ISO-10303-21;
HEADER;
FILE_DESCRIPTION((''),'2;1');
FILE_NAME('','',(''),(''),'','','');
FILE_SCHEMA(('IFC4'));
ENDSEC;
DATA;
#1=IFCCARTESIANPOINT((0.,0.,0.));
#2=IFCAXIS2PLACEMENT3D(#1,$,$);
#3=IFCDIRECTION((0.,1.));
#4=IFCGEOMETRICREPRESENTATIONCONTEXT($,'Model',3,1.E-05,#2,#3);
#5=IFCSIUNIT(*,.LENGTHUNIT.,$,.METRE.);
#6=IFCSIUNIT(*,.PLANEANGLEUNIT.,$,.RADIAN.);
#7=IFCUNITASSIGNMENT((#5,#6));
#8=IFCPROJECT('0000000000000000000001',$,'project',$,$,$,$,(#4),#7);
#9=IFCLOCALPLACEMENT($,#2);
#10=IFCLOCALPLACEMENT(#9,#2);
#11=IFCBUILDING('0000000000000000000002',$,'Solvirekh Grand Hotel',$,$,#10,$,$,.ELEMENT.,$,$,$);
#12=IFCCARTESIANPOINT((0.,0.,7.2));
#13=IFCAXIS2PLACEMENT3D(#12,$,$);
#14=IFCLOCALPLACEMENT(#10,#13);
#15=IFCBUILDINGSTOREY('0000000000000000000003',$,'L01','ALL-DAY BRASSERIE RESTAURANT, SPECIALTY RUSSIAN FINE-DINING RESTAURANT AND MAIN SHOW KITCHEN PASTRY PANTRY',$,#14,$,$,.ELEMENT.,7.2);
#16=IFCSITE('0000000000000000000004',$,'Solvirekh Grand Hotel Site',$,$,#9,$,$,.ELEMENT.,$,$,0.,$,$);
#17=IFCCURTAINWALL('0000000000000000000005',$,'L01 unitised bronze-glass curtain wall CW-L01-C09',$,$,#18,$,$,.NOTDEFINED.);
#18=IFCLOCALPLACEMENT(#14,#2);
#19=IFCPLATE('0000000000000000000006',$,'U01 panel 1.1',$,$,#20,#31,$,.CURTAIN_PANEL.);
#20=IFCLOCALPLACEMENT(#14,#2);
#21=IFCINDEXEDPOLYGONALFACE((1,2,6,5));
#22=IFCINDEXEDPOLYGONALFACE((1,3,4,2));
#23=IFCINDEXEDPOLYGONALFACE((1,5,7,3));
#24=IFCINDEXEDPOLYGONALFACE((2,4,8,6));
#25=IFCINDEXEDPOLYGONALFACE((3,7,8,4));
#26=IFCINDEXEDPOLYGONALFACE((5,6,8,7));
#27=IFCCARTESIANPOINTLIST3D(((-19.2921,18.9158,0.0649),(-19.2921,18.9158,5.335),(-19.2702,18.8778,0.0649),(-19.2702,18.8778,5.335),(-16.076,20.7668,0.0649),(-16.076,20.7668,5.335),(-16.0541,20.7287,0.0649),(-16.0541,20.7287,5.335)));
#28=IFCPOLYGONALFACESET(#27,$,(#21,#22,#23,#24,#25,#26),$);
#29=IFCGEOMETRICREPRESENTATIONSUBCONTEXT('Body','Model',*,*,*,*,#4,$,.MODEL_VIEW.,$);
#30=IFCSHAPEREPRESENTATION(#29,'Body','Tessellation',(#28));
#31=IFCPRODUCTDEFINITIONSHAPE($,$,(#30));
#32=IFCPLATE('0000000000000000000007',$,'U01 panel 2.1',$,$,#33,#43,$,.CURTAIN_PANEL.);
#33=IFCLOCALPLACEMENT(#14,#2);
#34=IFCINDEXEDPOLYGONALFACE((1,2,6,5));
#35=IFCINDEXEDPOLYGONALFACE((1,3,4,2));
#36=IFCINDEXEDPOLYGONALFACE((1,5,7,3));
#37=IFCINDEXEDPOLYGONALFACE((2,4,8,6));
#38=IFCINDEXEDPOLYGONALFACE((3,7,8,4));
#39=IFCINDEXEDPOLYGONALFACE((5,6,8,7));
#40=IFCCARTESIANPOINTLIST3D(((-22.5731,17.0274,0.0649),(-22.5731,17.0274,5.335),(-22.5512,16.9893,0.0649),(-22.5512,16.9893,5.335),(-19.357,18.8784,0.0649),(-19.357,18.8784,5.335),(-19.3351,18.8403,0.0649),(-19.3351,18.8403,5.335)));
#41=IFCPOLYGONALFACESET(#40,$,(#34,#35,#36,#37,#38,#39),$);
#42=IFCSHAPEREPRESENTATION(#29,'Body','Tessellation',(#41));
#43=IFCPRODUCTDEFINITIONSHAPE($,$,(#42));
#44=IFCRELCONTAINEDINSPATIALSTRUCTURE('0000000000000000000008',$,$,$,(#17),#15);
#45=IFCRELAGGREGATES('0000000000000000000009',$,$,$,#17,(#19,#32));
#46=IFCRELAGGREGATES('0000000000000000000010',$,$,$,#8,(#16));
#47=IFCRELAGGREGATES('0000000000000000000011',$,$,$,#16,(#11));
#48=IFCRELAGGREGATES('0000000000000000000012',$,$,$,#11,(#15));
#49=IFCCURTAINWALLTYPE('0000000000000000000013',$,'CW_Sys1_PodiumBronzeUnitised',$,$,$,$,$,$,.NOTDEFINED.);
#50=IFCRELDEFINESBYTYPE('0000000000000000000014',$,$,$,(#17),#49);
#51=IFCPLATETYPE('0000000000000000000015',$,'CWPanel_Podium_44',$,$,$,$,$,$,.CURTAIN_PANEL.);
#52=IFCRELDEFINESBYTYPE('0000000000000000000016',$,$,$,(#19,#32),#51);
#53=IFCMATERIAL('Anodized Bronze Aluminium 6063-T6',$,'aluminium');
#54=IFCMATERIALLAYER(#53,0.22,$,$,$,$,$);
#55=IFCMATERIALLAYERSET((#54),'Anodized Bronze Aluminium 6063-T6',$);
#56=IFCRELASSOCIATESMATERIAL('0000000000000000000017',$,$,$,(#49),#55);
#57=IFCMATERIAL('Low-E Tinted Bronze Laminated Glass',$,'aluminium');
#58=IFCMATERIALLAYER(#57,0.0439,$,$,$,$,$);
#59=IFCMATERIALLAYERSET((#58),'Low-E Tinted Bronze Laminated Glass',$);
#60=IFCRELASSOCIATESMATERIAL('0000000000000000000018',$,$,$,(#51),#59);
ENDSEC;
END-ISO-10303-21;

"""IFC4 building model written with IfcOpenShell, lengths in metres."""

from ifc_helpers import new_model, si_unit, direction, frame, origin, origin_2d, place, context, subcontext, project, spatial, rectangle, extrude, source, transform, mapped, material, layer, layer_set, type_object, element, aggregate, save


model = new_model("IFC4")

# Units and contexts
model_context = context("Model", 3, precision=1e-05, world=origin(), true_north=direction((0.0, 1.0)))
body_context = subcontext(model_context, "Body", "Model", "MODEL_VIEW")
ifc_project = project(units=[si_unit("LENGTHUNIT", "METRE"), si_unit("PLANEANGLEUNIT", "RADIAN")], contexts=[model_context])

# Site, building, storey
site_placement = place(None, origin())
site = spatial("IfcSite", under=ifc_project, at=site_placement, Name="Solvirekh Grand Hotel Site", CompositionType="ELEMENT", RefElevation=0.0)
building_placement = place(site_placement, origin())
building = spatial("IfcBuilding", under=site, at=building_placement, Name="Solvirekh Grand Hotel", CompositionType="ELEMENT")
storey_placement = place(building_placement, frame((0.0, 0.0, 7.2)))
storey = spatial("IfcBuildingStorey", under=building, at=storey_placement, Name="L01", Description="ALL-DAY BRASSERIE RESTAURANT, SPECIALTY RUSSIAN FINE-DINING RESTAURANT AND MAIN SHOW KITCHEN PASTRY PANTRY", CompositionType="ELEMENT", Elevation=7.2)

# Shared definitions
ifc_material_1 = material(Name="Anodized Bronze Aluminium 6063-T6", Category="aluminium")
ifc_layer_1 = layer(ifc_material_1, 0.22)
ifc_layer_set_1 = layer_set([ifc_layer_1], Name="Anodized Bronze Aluminium 6063-T6")
curtain_wall_type = type_object("IfcCurtainWallType", Name="CW_Sys1_PodiumBronzeUnitised", PredefinedType="NOTDEFINED", material=ifc_layer_set_1)

# Curtain wall
curtain_wall_1_placement = place(storey_placement, origin())
curtain_wall_1 = element("IfcCurtainWall", 1, at=curtain_wall_1_placement, inside=storey, type_object=curtain_wall_type, Name="L01 unitised bronze-glass curtain wall CW-L01-C09", PredefinedType="NOTDEFINED")

# Plates
ifc_material_2 = material(Name="Low-E Tinted Bronze Laminated Glass", Category="aluminium")
ifc_layer_2 = layer(ifc_material_2, 0.0439)
ifc_layer_set_2 = layer_set([ifc_layer_2], Name="Low-E Tinted Bronze Laminated Glass")
plate_type = type_object("IfcPlateType", Name="CWPanel_Podium_44", PredefinedType="CURTAIN_PANEL", material=ifc_layer_set_2)
shared_shape_1 = source(origin(), body_context, "Body", "SweptSolid", [
    extrude(rectangle(XDim=3.7107, YDim=0.0439, at=origin_2d()), origin(), (0.0, 0.0, 1.0), 5.27),
])
plate_1_placement = place(storey_placement, frame((-17.6731, 19.8223, 0.0649), z_axis=(0.0, 0.0, 1.0), x_axis=(-0.86671, -0.498813, 0.0)))
plate_1 = element("IfcPlate", 2, at=plate_1_placement, type_object=plate_type, Name="U01 panel 1.1", PredefinedType="CURTAIN_PANEL", context=body_context, shape_type="MappedRepresentation", body=[
    mapped(shared_shape_1, transform((0.0, 0.0, 0.0), x_axis=(1.0, 0.0, 0.0), y_axis=(0.0, 1.0, 0.0), z_axis=(0.0, 0.0, 1.0), scale=1.0)),
])
plate_2_placement = place(storey_placement, frame((-20.9541, 17.9338, 0.0649), z_axis=(0.0, 0.0, 1.0), x_axis=(-0.86671, -0.498813, 0.0)))
plate_2 = element("IfcPlate", 3, at=plate_2_placement, type_object=plate_type, Name="U01 panel 2.1", PredefinedType="CURTAIN_PANEL", context=body_context, shape_type="MappedRepresentation", body=[
    mapped(shared_shape_1, transform((0.0, 0.0, 0.0), x_axis=(1.0, 0.0, 0.0), y_axis=(0.0, 1.0, 0.0), z_axis=(0.0, 0.0, 1.0), scale=1.0)),
])
aggregate(curtain_wall_1, [plate_1, plate_2])

save(model, "model.ifc")
